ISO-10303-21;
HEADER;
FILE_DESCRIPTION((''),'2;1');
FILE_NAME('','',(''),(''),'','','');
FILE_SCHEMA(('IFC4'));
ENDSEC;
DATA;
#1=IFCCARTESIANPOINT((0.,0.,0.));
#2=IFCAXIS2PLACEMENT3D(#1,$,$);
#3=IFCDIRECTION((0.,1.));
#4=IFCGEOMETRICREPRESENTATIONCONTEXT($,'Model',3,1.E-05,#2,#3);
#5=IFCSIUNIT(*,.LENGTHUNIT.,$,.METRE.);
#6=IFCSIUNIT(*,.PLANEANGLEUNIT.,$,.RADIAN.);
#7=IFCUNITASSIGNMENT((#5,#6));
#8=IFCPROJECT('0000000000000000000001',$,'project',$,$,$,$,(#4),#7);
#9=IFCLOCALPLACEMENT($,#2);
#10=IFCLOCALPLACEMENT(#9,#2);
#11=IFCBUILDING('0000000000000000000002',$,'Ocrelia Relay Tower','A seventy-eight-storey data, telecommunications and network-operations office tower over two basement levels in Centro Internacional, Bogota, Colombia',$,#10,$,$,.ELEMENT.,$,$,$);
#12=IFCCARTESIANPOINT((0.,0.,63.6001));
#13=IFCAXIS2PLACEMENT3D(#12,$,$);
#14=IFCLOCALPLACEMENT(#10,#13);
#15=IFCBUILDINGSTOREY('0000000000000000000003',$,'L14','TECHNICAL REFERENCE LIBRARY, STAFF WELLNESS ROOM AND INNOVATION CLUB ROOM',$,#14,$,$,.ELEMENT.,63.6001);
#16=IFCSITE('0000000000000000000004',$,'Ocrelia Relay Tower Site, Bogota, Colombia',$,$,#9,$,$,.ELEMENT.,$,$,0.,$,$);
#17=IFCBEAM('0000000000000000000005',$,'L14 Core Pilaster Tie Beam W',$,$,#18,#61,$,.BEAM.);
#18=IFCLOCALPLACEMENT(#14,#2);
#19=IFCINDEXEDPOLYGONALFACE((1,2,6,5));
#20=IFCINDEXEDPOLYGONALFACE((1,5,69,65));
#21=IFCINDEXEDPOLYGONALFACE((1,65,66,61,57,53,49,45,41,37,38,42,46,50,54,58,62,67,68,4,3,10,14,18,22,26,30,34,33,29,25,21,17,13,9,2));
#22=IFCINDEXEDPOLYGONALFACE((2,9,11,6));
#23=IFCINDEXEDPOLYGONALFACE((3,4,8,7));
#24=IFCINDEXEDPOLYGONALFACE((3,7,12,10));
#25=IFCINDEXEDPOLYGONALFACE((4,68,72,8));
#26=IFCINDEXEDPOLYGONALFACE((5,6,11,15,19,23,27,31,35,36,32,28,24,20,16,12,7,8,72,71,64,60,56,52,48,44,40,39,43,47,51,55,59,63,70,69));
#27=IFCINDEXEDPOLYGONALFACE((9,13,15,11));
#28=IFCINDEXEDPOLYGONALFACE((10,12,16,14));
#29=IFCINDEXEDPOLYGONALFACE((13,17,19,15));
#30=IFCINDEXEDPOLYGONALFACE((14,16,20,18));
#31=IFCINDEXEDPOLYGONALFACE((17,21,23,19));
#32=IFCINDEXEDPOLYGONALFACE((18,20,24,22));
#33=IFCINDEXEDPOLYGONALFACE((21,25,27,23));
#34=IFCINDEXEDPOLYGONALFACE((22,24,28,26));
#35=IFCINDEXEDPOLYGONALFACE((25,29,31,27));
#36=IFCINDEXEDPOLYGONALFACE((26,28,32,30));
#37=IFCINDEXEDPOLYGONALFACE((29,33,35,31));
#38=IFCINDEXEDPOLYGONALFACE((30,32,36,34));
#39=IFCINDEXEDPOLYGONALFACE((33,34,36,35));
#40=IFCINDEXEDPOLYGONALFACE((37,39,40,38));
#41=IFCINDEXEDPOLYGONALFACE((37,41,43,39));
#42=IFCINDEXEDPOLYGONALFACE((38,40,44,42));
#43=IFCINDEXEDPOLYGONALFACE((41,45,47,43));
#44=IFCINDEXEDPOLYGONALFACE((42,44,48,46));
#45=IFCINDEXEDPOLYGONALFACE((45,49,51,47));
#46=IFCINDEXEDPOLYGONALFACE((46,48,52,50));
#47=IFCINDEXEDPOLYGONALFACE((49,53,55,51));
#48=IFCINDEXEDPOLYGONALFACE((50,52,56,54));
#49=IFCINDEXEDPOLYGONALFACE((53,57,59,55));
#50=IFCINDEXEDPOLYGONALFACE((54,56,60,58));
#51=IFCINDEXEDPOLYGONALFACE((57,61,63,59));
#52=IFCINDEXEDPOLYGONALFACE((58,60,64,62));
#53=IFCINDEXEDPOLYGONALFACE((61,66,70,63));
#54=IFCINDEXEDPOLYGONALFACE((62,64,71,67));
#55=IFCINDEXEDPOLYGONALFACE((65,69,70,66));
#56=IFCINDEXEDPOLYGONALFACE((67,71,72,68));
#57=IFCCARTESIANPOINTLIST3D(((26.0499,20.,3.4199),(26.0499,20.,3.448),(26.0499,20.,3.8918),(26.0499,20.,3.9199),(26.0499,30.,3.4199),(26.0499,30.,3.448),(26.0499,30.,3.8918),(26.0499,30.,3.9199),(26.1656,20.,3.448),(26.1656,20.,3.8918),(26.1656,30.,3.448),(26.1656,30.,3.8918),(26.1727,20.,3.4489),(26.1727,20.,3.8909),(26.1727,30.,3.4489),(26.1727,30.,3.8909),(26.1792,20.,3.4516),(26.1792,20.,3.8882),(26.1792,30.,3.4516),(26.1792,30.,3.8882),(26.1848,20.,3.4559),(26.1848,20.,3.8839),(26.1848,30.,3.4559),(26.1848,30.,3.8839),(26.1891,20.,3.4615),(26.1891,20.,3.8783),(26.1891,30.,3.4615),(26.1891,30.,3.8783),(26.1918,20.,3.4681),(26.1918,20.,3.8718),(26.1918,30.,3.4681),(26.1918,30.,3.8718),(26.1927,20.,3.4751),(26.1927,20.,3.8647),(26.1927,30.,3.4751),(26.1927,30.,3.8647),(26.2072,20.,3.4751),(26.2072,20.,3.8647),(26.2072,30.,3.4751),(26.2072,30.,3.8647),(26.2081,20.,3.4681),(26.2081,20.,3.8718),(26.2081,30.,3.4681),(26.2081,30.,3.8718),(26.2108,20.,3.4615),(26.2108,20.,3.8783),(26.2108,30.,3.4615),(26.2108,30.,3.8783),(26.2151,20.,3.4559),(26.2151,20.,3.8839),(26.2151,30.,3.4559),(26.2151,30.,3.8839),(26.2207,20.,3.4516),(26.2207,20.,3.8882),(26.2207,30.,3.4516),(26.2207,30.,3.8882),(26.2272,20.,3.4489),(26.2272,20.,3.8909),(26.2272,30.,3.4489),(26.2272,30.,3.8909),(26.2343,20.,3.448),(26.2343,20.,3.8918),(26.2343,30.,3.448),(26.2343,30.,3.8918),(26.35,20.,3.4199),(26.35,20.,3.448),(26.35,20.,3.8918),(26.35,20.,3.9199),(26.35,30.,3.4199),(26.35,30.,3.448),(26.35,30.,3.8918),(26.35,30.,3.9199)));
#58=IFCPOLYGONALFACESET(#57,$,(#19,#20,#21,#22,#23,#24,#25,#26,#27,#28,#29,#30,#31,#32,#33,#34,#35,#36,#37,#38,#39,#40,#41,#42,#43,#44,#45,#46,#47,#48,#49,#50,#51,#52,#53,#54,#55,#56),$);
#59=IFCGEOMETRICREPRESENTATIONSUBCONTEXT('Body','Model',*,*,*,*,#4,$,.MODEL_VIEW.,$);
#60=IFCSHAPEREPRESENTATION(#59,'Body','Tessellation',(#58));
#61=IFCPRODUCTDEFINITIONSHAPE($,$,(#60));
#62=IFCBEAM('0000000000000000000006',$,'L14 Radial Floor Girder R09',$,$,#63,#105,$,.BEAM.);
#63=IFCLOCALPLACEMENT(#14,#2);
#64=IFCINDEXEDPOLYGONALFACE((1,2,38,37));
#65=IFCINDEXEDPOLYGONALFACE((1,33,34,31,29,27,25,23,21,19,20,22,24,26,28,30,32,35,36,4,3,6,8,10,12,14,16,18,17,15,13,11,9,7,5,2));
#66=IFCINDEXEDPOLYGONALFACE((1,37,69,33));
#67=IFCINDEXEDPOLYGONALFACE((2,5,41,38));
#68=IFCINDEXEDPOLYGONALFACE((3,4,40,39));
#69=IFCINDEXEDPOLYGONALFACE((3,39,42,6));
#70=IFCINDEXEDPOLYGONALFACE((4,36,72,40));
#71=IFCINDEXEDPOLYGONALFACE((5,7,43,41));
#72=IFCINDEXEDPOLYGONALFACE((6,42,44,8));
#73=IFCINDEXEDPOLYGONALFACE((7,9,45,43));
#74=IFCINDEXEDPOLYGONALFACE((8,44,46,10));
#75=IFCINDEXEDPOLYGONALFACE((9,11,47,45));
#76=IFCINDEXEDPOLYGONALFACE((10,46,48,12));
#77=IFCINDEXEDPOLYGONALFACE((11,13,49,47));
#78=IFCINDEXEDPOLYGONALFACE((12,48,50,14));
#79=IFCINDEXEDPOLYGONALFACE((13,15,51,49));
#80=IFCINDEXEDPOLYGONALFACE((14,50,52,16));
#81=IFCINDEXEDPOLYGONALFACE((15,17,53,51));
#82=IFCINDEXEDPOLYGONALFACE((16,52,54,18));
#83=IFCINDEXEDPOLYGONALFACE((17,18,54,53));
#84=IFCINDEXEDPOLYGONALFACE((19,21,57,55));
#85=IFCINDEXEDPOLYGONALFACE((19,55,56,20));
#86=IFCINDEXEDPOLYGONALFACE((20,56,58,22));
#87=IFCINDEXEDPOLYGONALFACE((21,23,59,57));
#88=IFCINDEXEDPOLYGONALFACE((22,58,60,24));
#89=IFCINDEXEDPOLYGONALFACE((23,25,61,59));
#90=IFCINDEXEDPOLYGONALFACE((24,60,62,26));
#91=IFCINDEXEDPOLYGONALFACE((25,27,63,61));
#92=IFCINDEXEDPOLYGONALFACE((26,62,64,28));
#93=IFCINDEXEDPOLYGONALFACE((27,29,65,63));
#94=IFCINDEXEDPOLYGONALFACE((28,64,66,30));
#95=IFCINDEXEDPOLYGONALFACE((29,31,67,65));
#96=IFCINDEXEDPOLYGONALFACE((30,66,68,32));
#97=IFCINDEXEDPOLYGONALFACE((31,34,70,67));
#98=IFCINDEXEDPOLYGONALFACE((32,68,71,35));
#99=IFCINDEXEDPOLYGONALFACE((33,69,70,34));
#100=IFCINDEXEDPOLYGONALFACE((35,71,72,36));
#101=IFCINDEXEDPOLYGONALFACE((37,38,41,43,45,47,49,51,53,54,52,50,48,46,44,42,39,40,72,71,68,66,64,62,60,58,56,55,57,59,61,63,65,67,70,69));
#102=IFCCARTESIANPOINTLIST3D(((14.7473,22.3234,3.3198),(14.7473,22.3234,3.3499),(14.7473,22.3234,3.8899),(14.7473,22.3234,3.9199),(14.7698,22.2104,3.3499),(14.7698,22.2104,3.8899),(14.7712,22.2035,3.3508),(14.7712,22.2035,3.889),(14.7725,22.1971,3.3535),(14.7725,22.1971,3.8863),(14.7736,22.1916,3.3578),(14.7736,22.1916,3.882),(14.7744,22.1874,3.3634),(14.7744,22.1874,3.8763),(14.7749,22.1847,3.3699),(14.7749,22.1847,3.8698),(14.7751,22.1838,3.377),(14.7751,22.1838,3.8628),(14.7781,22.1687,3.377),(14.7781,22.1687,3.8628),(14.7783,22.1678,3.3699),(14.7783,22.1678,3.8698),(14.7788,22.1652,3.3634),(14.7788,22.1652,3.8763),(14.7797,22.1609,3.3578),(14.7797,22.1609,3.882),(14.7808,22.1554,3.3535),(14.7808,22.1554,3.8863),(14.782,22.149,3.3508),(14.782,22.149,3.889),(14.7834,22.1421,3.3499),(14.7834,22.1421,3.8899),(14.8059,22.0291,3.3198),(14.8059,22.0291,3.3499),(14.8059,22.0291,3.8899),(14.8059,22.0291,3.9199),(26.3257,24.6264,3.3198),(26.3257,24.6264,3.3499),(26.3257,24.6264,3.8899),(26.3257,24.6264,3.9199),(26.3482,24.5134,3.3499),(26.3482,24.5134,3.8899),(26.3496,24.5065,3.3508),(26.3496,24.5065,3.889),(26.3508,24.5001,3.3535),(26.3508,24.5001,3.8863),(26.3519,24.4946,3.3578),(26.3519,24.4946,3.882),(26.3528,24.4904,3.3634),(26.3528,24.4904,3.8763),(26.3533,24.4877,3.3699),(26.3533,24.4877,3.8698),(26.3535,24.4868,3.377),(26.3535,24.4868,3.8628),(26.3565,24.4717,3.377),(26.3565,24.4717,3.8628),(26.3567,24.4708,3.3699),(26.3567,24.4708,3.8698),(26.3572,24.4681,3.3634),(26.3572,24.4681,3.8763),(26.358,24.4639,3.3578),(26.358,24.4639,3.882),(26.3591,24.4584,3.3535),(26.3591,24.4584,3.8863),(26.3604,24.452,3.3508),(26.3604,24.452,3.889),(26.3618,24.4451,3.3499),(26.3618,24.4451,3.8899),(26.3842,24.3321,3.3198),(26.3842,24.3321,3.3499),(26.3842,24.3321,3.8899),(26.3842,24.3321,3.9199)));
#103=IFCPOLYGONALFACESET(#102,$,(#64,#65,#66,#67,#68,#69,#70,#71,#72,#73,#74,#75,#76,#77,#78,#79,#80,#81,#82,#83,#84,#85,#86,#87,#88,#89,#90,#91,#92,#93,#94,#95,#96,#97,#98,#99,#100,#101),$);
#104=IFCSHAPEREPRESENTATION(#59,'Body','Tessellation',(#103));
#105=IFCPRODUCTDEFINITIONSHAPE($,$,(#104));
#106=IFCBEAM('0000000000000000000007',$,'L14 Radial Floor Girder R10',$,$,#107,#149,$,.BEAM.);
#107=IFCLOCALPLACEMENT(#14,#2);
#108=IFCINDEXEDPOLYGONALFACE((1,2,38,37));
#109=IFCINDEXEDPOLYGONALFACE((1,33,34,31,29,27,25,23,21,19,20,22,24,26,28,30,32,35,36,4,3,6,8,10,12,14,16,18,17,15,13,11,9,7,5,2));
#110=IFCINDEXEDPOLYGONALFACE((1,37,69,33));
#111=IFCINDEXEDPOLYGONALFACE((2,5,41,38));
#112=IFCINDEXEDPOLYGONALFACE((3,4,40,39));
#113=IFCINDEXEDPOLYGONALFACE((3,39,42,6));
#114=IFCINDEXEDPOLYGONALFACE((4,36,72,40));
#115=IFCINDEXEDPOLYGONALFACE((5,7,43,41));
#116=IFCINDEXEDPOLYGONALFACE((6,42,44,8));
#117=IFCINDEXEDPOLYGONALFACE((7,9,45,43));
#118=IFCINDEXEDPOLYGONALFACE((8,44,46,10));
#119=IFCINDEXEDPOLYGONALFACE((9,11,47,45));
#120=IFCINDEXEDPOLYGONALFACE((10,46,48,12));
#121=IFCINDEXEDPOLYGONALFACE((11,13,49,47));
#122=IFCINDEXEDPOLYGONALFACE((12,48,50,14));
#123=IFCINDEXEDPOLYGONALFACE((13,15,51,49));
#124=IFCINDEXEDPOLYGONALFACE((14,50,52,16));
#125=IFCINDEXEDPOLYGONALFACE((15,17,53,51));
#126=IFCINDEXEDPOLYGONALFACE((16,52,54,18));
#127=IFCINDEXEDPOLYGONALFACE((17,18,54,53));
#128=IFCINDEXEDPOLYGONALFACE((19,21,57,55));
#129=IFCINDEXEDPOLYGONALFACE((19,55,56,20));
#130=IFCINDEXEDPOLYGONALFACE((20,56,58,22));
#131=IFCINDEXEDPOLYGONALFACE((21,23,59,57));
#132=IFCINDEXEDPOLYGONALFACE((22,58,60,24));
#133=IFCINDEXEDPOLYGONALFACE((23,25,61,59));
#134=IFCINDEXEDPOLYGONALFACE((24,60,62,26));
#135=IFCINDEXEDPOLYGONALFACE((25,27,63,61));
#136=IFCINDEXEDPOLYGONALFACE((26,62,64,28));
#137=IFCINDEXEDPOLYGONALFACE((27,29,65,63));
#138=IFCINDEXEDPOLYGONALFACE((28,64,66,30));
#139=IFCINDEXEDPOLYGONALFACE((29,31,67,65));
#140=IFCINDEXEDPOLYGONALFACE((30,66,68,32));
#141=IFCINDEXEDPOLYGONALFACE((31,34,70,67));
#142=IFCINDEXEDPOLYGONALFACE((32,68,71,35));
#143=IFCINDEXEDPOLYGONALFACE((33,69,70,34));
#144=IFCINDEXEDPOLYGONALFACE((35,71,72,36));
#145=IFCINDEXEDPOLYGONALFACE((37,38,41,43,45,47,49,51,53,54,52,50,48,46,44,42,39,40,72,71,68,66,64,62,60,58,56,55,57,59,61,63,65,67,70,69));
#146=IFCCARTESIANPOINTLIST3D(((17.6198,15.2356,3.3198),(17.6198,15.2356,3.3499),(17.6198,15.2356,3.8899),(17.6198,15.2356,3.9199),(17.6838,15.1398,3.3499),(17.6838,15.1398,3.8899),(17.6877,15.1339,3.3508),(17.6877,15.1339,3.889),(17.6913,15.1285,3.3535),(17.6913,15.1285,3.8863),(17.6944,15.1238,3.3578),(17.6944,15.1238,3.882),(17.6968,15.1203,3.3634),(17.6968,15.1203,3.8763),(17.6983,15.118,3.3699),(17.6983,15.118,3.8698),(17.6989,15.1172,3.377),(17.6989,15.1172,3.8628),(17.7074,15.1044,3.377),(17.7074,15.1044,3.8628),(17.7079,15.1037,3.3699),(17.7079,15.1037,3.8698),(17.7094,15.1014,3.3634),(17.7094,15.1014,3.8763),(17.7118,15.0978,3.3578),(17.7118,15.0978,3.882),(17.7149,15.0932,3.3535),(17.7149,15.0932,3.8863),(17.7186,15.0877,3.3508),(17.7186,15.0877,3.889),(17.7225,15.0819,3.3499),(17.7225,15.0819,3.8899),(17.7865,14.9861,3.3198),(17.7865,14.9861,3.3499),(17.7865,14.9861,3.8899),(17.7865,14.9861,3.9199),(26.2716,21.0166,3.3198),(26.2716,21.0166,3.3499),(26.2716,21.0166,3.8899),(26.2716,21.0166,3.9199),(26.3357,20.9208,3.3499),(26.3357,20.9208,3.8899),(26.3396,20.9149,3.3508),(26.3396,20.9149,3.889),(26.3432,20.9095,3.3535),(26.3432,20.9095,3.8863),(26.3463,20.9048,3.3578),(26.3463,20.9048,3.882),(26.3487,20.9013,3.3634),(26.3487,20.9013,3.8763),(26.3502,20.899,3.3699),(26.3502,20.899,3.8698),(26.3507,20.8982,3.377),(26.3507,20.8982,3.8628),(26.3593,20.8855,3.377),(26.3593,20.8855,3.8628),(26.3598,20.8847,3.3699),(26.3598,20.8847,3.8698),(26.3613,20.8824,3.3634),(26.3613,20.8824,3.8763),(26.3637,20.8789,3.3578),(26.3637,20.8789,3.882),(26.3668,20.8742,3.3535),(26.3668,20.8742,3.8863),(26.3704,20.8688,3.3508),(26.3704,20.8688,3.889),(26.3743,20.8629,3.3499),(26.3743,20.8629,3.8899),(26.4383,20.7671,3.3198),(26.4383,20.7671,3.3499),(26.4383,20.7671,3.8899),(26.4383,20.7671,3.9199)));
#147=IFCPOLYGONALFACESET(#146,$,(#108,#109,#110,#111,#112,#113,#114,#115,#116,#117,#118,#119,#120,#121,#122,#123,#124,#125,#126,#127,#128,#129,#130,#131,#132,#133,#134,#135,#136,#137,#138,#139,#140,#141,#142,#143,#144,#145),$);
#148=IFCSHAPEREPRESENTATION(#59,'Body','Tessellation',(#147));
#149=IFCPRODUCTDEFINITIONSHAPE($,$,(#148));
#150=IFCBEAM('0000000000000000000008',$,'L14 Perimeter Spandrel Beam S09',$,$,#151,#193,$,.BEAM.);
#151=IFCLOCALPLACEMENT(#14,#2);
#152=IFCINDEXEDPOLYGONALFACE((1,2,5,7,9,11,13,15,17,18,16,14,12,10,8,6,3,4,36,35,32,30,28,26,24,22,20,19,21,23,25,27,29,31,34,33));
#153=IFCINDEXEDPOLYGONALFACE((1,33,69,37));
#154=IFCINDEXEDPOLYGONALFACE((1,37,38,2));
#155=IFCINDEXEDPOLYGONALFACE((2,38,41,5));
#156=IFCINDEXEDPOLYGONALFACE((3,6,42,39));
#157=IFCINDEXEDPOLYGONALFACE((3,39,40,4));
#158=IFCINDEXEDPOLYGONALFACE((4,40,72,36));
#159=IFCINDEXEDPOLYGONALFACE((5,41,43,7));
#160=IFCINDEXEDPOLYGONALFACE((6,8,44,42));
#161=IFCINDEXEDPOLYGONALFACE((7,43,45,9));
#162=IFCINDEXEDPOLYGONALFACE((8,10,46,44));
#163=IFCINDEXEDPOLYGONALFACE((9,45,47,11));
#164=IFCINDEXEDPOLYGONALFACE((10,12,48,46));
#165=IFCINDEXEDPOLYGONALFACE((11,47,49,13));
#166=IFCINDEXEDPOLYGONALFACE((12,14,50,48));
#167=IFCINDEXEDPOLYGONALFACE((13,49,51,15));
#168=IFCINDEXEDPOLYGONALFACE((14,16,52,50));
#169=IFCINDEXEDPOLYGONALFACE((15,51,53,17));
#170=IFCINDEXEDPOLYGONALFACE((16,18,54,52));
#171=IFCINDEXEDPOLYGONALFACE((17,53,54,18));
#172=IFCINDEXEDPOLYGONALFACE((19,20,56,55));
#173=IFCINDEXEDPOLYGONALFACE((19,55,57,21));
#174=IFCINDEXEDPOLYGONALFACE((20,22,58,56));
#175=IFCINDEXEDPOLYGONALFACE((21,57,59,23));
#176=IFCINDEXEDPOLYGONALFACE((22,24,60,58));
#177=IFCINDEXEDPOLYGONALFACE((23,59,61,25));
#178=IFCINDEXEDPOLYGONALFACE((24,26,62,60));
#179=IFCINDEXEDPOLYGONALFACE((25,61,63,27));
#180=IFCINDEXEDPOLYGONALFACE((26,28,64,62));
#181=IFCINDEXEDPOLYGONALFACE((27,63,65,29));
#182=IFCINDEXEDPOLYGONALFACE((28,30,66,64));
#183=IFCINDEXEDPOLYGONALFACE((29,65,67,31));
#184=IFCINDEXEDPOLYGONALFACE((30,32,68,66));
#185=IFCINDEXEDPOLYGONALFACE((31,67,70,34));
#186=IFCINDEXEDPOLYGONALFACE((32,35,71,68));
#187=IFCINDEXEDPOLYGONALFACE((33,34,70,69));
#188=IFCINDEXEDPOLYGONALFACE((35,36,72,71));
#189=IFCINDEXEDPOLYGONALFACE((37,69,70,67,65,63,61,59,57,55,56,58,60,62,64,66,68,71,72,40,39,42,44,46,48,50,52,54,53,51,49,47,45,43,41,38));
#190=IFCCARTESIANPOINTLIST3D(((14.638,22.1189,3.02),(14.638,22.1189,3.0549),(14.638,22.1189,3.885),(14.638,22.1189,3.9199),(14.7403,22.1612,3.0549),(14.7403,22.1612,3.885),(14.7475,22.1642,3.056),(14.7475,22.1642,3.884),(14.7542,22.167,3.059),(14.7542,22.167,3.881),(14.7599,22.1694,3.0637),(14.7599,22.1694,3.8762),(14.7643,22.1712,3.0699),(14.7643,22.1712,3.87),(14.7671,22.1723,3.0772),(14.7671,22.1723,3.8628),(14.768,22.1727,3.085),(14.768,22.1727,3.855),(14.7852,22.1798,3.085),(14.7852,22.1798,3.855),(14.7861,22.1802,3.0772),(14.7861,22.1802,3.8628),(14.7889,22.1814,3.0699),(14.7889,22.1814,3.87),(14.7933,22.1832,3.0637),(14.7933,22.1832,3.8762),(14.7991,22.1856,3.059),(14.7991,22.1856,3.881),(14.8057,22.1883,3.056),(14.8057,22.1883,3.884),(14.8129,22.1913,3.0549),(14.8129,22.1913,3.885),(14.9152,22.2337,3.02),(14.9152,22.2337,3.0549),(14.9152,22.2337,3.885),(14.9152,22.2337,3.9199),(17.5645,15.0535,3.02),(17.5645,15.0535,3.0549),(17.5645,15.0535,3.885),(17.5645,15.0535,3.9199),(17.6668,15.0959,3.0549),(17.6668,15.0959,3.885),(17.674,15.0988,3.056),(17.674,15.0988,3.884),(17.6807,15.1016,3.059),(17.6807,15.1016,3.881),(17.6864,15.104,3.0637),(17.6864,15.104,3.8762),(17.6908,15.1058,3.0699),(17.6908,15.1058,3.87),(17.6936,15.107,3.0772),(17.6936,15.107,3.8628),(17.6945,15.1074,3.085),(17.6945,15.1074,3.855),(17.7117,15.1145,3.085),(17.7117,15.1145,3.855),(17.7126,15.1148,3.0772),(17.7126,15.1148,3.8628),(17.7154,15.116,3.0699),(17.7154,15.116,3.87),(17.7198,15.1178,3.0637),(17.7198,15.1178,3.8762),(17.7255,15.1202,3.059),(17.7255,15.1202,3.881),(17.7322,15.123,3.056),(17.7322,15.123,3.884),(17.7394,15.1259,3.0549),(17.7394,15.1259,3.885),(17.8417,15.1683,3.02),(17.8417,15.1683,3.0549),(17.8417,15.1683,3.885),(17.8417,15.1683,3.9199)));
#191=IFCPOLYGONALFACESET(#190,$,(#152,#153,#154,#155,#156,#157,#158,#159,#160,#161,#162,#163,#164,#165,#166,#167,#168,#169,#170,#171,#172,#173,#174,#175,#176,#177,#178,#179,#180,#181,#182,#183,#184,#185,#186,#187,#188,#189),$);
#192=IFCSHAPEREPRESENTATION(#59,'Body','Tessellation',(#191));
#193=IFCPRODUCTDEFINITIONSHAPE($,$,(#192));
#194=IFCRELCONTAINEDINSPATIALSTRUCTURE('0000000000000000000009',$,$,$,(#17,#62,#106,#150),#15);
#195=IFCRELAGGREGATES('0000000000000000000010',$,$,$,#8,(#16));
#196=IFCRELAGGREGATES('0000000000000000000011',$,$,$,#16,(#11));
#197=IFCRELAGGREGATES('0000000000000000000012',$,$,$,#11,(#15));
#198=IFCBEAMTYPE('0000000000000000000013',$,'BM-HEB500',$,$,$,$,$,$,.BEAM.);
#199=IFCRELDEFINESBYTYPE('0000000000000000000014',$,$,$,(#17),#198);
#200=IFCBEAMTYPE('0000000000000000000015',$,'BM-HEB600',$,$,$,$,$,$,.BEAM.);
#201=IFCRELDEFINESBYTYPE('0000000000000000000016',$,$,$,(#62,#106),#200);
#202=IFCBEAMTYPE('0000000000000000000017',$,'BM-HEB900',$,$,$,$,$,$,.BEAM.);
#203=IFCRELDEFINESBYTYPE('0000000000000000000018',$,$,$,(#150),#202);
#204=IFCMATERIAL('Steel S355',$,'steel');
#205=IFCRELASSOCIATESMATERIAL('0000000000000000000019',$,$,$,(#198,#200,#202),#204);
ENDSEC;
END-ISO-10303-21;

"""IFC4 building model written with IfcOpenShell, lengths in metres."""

from ifc_helpers import new_model, si_unit, direction, frame, origin, origin_2d, place, context, subcontext, project, spatial, i_section, extrude, material, material_profile, profile_set, type_object, element, save


model = new_model("IFC4")

# Units and contexts
model_context = context("Model", 3, precision=1e-05, world=origin(), true_north=direction((0.0, 1.0)))
body_context = subcontext(model_context, "Body", "Model", "MODEL_VIEW")
ifc_project = project(units=[si_unit("LENGTHUNIT", "METRE"), si_unit("PLANEANGLEUNIT", "RADIAN")], contexts=[model_context])

# Site, building, storey
site_placement = place(None, origin())
site = spatial("IfcSite", under=ifc_project, at=site_placement, Name="Ocrelia Relay Tower Site, Bogota, Colombia", CompositionType="ELEMENT", RefElevation=0.0)
building_placement = place(site_placement, origin())
building = spatial("IfcBuilding", under=site, at=building_placement, Name="Ocrelia Relay Tower", Description="A seventy-eight-storey data, telecommunications and network-operations office tower over two basement levels in Centro Internacional, Bogota, Colombia", CompositionType="ELEMENT")
storey_placement = place(building_placement, frame((0.0, 0.0, 63.6001)))
storey = spatial("IfcBuildingStorey", under=building, at=storey_placement, Name="L14", Description="TECHNICAL REFERENCE LIBRARY, STAFF WELLNESS ROOM AND INNOVATION CLUB ROOM", CompositionType="ELEMENT", Elevation=63.6001)

# Beams
ifc_material_1 = material(Name="Steel S355", Category="steel")
ifc_material_profile_1 = material_profile(ifc_material_1, i_section(OverallWidth=0.3, OverallDepth=0.5, WebThickness=0.0144, FlangeThickness=0.0281, FilletRadius=0.0271, at=origin_2d()), Name="HEB 500")
ifc_profile_set_1 = profile_set([ifc_material_profile_1], Name="Steel S355")
beam_type_1 = type_object("IfcBeamType", Name="BM-HEB500", PredefinedType="BEAM", material=ifc_profile_set_1)
beam_1_placement = place(storey_placement, frame((26.2, 20.0, 3.6699), z_axis=(0.0, 1.0, 0.0), x_axis=(-1.0, 0.0, 0.0)))
element("IfcBeam", 1, at=beam_1_placement, inside=storey, type_object=beam_type_1, Name="L14 Core Pilaster Tie Beam W", PredefinedType="BEAM", context=body_context, shape_type="SweptSolid", body=[
    extrude(i_section(OverallWidth=0.3, OverallDepth=0.5, WebThickness=0.0144, FlangeThickness=0.0281, FilletRadius=0.0271, at=origin_2d()), origin(), (0.0, 0.0, 1.0), 10.0),
])
ifc_material_profile_2 = material_profile(ifc_material_1, i_section(OverallWidth=0.3, OverallDepth=0.6001, WebThickness=0.0154, FlangeThickness=0.03, FilletRadius=0.0271, at=origin_2d()), Name="HEB 600")
ifc_profile_set_2 = profile_set([ifc_material_profile_2], Name="Steel S355")
beam_type_2 = type_object("IfcBeamType", Name="BM-HEB600", PredefinedType="BEAM", material=ifc_profile_set_2)
beam_2_placement = place(storey_placement, frame((14.7766, 22.1763, 3.6199), z_axis=(0.980787, 0.195082, 0.0), x_axis=(-0.195082, 0.980787, 0.0)))
element("IfcBeam", 2, at=beam_2_placement, inside=storey, type_object=beam_type_2, Name="L14 Radial Floor Girder R09", PredefinedType="BEAM", context=body_context, shape_type="SweptSolid", body=[
    extrude(i_section(OverallWidth=0.3, OverallDepth=0.6001, WebThickness=0.0154, FlangeThickness=0.03, FilletRadius=0.0271, at=origin_2d()), origin(), (0.0, 0.0, 1.0), 11.8052),
])
beam_3_placement = place(storey_placement, frame((17.7031, 15.1108, 3.6199), z_axis=(0.831469, 0.555572, 0.0), x_axis=(-0.555572, 0.831469, 0.0)))
element("IfcBeam", 3, at=beam_3_placement, inside=storey, type_object=beam_type_2, Name="L14 Radial Floor Girder R10", PredefinedType="BEAM", context=body_context, shape_type="SweptSolid", body=[
    extrude(i_section(OverallWidth=0.3, OverallDepth=0.6001, WebThickness=0.0154, FlangeThickness=0.03, FilletRadius=0.0271, at=origin_2d()), origin(), (0.0, 0.0, 1.0), 10.4055),
])
ifc_material_profile_3 = material_profile(ifc_material_1, i_section(OverallWidth=0.3, OverallDepth=0.8999, WebThickness=0.0186, FlangeThickness=0.0349, FilletRadius=0.03, at=origin_2d()), Name="HEB 900")
ifc_profile_set_3 = profile_set([ifc_material_profile_3], Name="Steel S355")
beam_type_3 = type_object("IfcBeamType", Name="BM-HEB900", PredefinedType="BEAM", material=ifc_profile_set_3)
beam_4_placement = place(storey_placement, frame((14.7766, 22.1763, 3.47), z_axis=(0.382674, -0.923883, 0.0), x_axis=(0.923883, 0.382674, 0.0)))
element("IfcBeam", 4, at=beam_4_placement, inside=storey, type_object=beam_type_3, Name="L14 Perimeter Spandrel Beam S09", PredefinedType="BEAM", context=body_context, shape_type="SweptSolid", body=[
    extrude(i_section(OverallWidth=0.3, OverallDepth=0.8999, WebThickness=0.0186, FlangeThickness=0.0349, FilletRadius=0.03, at=origin_2d()), origin(), (0.0, 0.0, 1.0), 7.6475),
])

save(model, "model.ifc")
